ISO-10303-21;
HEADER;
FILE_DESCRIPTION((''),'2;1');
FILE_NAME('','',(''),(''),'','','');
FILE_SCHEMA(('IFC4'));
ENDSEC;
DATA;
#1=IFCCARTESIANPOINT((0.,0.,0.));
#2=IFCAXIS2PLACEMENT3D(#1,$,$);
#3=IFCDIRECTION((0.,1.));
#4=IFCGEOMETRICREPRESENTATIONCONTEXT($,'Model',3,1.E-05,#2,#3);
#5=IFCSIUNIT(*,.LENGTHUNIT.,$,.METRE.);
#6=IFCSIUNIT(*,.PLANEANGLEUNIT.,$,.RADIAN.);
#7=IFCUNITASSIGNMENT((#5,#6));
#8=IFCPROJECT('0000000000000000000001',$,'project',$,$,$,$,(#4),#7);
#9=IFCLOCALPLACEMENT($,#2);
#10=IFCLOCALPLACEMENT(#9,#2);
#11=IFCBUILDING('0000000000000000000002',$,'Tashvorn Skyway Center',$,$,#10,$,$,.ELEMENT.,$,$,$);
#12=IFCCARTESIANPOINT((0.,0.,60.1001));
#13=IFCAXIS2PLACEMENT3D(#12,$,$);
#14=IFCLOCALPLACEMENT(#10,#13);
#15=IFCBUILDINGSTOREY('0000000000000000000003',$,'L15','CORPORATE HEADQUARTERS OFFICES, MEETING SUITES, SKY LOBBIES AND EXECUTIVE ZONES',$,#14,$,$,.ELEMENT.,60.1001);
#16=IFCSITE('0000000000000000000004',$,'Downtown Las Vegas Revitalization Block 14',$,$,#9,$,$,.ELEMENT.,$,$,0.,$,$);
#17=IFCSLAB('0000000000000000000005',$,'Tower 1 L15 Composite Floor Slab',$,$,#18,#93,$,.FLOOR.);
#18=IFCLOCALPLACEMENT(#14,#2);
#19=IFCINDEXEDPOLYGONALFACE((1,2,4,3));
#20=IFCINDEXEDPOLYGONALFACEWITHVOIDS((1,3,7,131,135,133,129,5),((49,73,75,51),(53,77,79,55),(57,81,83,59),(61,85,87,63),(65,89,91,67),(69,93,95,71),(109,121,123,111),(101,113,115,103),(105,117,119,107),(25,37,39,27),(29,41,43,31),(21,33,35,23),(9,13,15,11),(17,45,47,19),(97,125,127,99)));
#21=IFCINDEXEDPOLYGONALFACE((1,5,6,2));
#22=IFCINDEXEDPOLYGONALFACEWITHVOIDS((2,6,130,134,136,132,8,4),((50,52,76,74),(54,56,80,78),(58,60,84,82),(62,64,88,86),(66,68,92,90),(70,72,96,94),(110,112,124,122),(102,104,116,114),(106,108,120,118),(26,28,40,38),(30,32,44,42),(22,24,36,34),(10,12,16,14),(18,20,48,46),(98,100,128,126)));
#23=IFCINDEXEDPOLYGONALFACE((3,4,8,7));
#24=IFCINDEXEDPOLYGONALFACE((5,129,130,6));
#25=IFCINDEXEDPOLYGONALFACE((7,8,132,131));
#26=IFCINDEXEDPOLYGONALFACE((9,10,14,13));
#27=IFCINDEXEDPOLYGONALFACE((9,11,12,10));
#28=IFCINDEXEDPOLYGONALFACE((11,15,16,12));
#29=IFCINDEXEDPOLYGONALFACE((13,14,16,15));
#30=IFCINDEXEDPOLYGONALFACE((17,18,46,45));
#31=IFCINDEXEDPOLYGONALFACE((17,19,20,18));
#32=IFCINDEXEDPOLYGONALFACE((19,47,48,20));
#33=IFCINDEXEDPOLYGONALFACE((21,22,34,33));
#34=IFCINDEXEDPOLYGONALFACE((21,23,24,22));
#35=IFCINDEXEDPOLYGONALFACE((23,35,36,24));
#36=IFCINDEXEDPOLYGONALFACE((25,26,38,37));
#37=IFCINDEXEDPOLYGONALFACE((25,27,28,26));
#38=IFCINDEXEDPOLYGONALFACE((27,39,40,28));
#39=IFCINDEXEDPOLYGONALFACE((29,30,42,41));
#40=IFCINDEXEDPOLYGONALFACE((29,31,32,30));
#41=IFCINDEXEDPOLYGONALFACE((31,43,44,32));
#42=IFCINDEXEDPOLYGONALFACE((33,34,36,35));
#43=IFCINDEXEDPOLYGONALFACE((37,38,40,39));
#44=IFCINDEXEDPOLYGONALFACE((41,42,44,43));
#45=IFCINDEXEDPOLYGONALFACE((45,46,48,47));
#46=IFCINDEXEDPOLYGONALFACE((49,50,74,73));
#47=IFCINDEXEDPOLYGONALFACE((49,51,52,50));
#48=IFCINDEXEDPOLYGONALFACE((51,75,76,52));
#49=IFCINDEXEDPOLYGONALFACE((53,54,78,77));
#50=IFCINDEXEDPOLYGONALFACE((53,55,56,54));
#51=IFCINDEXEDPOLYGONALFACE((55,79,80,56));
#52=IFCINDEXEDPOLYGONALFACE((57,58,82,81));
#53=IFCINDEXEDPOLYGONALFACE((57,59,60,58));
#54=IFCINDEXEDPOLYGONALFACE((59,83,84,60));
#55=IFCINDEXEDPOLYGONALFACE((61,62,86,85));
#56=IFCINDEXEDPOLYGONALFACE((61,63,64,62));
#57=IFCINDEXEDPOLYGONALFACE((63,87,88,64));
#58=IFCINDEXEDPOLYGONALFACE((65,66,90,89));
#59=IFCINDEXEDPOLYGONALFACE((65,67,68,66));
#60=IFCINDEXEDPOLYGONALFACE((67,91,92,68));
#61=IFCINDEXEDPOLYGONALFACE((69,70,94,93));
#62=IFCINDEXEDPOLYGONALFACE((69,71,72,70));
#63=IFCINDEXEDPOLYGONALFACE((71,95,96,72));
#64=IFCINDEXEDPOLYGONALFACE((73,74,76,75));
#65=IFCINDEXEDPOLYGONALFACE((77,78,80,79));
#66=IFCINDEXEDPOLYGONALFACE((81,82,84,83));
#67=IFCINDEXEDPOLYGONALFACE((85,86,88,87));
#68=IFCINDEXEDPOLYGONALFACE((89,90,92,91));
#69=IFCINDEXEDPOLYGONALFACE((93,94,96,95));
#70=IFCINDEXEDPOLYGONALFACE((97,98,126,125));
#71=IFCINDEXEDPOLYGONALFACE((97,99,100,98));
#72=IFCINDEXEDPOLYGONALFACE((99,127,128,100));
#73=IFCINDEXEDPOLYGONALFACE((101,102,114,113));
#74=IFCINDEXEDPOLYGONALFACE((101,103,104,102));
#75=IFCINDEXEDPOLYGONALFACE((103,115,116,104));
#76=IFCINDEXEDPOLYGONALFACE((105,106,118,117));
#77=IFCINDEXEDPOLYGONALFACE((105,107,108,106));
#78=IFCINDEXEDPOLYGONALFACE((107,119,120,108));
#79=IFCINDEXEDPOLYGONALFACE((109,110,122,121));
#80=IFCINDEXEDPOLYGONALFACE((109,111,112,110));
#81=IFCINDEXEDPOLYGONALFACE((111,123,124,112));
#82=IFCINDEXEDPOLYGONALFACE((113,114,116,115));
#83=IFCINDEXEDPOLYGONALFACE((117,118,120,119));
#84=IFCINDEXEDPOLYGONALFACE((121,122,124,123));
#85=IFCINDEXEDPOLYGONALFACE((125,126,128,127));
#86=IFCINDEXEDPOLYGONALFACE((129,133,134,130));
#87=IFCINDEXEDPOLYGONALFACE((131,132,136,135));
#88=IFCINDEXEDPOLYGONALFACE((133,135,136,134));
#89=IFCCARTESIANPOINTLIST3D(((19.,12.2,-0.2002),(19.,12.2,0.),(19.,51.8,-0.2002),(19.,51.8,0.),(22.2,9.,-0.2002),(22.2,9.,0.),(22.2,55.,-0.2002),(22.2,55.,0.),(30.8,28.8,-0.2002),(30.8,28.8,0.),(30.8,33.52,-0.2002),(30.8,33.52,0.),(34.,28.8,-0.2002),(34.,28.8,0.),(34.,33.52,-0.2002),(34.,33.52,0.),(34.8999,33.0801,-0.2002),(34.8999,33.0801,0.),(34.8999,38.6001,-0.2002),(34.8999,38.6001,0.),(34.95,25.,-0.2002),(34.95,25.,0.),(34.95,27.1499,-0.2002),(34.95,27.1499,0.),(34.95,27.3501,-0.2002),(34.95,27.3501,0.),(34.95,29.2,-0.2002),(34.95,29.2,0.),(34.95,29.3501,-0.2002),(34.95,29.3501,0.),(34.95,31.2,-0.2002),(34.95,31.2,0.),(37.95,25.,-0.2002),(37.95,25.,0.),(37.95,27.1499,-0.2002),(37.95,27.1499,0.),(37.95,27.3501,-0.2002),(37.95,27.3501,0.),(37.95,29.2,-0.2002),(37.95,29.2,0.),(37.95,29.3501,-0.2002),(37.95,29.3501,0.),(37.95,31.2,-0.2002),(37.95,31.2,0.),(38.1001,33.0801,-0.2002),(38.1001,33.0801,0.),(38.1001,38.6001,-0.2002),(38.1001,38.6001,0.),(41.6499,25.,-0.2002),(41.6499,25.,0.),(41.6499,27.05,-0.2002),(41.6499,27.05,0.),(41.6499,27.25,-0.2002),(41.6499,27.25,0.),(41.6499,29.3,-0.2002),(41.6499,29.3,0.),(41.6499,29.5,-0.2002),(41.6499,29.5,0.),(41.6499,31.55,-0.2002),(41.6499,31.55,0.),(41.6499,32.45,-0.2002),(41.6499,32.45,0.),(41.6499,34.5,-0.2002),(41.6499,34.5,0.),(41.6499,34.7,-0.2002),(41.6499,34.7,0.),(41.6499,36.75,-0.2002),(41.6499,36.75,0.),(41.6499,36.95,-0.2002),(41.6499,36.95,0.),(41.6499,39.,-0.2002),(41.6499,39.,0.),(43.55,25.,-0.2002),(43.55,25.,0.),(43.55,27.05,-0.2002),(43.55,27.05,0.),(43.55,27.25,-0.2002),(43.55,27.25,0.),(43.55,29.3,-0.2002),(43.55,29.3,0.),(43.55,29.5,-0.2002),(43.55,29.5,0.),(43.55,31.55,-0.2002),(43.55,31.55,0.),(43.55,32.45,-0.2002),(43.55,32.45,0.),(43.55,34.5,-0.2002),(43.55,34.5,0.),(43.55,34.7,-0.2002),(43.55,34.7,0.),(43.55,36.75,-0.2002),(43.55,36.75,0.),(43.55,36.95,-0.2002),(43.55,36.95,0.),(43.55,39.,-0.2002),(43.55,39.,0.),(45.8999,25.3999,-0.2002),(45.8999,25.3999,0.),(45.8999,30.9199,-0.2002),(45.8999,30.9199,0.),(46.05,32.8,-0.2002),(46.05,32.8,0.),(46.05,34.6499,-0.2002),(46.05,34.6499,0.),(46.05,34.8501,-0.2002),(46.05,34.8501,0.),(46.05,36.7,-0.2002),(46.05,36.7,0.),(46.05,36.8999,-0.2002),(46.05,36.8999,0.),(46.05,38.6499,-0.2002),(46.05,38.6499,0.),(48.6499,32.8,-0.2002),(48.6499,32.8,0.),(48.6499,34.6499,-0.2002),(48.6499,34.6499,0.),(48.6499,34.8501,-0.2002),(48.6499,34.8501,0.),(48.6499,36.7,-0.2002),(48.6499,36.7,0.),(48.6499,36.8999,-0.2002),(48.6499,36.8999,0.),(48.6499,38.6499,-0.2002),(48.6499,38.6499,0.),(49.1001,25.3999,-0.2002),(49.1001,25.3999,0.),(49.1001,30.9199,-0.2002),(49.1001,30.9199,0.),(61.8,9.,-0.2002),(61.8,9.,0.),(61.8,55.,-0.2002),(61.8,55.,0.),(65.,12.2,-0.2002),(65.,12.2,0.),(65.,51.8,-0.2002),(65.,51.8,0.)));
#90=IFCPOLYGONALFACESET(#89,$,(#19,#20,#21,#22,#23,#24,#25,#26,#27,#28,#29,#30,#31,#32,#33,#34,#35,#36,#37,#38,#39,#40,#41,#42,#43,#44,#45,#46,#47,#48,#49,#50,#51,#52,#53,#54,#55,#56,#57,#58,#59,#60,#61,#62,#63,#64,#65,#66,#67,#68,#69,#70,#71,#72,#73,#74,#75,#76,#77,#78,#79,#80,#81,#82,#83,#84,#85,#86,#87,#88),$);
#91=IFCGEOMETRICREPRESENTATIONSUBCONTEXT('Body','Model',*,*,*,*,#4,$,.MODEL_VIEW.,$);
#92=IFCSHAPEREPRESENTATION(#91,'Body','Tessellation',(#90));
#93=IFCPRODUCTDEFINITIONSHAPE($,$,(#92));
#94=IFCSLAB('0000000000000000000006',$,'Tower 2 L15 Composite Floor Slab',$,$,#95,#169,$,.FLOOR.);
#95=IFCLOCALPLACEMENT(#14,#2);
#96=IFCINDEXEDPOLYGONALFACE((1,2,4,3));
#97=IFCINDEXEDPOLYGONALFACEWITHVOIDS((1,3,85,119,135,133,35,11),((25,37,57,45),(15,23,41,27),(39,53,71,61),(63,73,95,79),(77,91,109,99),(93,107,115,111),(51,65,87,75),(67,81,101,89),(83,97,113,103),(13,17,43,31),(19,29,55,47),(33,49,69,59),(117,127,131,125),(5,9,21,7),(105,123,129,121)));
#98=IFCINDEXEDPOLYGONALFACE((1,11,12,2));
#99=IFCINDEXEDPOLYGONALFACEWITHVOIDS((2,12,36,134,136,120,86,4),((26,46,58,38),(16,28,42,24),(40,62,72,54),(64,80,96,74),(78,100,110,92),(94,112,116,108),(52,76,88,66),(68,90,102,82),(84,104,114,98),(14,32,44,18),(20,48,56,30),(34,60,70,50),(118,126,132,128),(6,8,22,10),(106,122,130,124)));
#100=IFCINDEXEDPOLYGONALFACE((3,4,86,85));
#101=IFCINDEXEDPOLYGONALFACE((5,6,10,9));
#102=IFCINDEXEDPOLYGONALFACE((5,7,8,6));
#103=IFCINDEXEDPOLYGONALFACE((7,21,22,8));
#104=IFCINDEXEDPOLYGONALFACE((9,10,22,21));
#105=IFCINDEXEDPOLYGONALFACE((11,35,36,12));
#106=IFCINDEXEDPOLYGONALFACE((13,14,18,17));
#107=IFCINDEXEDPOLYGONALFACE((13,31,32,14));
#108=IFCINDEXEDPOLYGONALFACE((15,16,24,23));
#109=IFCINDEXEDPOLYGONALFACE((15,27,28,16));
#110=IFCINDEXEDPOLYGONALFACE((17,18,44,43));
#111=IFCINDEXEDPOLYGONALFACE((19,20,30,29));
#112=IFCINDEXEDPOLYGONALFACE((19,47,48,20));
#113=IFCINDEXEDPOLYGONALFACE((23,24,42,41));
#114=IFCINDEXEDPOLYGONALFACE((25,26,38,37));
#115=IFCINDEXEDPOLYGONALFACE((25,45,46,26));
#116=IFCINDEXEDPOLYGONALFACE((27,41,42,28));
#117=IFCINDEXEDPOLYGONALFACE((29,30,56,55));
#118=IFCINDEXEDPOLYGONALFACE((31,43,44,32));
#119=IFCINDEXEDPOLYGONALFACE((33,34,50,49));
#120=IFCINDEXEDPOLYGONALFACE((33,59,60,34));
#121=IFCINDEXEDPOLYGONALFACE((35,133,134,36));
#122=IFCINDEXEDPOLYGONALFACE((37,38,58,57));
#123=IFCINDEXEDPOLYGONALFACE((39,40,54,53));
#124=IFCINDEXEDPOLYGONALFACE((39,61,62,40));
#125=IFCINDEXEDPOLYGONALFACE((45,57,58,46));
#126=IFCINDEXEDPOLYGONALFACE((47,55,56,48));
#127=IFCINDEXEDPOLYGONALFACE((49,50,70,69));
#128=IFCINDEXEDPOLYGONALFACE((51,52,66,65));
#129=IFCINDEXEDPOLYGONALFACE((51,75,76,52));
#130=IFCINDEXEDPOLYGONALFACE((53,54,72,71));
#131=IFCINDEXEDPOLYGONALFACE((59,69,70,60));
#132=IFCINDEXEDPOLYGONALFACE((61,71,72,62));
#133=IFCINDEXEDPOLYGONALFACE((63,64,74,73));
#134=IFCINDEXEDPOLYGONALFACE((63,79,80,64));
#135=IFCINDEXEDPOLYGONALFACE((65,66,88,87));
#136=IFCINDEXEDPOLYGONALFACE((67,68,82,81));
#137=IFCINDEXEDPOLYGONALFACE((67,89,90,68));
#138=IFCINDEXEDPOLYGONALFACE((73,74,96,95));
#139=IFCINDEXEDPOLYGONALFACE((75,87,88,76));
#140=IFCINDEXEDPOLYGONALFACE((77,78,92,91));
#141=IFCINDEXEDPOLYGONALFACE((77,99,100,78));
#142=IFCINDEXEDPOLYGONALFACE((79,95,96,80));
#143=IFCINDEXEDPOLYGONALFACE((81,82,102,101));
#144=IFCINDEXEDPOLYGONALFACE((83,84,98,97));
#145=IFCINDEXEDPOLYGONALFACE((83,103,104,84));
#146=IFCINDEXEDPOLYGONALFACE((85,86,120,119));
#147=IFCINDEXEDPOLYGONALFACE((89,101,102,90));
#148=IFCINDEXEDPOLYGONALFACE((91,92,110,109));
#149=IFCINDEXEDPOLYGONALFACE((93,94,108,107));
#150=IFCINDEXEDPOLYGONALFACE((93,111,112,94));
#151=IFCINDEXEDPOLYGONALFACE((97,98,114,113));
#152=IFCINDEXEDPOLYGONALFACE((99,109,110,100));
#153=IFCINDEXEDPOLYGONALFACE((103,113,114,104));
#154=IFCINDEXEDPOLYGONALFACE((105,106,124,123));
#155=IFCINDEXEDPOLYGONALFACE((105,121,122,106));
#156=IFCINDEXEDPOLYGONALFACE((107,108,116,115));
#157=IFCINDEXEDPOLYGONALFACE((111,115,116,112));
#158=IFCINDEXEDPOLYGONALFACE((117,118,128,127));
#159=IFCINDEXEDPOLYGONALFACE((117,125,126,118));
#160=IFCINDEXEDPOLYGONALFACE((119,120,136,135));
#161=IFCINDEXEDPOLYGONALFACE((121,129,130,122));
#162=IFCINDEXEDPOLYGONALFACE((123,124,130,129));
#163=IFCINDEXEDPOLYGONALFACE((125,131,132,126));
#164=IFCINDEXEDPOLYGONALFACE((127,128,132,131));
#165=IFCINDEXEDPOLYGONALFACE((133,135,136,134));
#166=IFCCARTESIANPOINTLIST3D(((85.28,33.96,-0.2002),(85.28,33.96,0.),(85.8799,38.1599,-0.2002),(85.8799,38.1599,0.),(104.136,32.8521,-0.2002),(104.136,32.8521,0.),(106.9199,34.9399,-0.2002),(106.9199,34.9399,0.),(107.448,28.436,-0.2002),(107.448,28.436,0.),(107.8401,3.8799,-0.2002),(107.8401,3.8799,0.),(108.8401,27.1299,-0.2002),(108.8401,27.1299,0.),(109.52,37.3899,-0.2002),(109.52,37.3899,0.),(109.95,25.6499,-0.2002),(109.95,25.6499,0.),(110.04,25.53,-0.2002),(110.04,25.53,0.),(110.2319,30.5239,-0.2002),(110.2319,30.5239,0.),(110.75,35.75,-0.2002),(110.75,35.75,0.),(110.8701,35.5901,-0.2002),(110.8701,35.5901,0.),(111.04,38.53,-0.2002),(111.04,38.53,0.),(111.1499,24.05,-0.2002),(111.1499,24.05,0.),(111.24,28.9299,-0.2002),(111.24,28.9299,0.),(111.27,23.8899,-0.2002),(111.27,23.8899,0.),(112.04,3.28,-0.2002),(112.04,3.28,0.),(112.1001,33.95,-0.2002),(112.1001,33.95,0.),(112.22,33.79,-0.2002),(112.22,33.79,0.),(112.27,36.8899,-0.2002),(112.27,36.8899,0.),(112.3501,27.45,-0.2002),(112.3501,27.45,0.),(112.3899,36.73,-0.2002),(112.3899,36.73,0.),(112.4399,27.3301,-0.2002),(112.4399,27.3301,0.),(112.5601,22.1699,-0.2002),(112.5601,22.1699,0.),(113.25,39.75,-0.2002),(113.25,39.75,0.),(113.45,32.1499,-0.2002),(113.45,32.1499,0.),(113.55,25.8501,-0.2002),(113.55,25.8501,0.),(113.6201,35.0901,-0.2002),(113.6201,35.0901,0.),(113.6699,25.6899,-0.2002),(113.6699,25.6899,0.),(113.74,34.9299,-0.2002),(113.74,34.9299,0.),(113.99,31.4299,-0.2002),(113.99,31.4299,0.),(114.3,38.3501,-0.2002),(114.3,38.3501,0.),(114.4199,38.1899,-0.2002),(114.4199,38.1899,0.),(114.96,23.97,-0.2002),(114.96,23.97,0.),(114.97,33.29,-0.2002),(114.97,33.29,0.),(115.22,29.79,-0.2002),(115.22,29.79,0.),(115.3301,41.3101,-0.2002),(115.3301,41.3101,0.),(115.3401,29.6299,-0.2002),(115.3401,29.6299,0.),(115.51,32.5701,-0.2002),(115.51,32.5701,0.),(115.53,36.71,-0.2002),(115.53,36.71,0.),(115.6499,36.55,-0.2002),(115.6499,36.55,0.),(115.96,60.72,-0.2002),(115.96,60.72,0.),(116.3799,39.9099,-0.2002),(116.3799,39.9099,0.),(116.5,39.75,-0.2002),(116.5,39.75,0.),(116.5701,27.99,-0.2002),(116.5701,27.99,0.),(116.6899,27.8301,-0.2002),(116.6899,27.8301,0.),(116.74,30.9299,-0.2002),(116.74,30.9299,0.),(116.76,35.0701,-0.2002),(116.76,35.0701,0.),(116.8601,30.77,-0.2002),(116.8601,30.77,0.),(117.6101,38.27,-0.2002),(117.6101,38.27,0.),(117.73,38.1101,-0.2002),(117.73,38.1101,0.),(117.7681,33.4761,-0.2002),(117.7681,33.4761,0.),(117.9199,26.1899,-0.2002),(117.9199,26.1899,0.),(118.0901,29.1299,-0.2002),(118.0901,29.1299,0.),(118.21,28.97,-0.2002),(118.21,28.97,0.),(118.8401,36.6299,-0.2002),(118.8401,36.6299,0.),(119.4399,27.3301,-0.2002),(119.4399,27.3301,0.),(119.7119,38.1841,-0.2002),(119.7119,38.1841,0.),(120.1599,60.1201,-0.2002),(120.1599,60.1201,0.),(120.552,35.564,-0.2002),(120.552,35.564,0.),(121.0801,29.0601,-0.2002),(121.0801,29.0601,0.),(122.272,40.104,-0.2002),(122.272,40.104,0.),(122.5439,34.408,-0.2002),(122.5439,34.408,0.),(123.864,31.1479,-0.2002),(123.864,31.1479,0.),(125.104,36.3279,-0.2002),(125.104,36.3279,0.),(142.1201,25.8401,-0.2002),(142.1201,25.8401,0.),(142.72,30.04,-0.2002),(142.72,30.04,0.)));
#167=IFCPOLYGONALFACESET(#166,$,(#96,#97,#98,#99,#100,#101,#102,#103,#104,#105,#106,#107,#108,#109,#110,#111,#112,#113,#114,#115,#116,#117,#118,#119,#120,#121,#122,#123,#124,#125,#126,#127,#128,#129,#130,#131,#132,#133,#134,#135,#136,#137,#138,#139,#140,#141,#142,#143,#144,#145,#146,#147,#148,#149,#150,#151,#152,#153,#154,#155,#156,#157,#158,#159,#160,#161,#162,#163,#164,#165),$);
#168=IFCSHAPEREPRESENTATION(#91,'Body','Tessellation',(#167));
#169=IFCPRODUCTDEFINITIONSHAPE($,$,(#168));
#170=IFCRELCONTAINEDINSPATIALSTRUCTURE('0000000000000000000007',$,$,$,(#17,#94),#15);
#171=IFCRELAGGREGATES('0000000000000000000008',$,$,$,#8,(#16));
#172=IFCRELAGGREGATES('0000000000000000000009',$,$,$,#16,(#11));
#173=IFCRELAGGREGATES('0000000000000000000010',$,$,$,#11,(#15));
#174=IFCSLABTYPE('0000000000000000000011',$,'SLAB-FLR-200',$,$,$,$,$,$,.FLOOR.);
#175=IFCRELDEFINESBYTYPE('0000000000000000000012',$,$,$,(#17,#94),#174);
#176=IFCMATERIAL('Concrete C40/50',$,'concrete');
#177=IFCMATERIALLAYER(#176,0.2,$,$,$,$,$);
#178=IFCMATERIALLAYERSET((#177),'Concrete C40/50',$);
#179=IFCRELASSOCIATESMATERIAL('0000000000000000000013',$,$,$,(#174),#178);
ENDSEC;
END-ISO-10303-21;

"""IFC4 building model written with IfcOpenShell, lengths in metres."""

from ifc_helpers import new_model, si_unit, direction, frame, origin, place, context, subcontext, project, spatial, polyline, outline, extrude, material, layer, layer_set, type_object, element, save


model = new_model("IFC4")

# Units and contexts
model_context = context("Model", 3, precision=1e-05, world=origin(), true_north=direction((0.0, 1.0)))
body_context = subcontext(model_context, "Body", "Model", "MODEL_VIEW")
ifc_project = project(units=[si_unit("LENGTHUNIT", "METRE"), si_unit("PLANEANGLEUNIT", "RADIAN")], contexts=[model_context])

# Site, building, storey
site_placement = place(None, origin())
site = spatial("IfcSite", under=ifc_project, at=site_placement, Name="Downtown Las Vegas Revitalization Block 14", CompositionType="ELEMENT", RefElevation=0.0)
building_placement = place(site_placement, origin())
building = spatial("IfcBuilding", under=site, at=building_placement, Name="Tashvorn Skyway Center", CompositionType="ELEMENT")
storey_placement = place(building_placement, frame((0.0, 0.0, 60.1001)))
storey = spatial("IfcBuildingStorey", under=building, at=storey_placement, Name="L15", Description="CORPORATE HEADQUARTERS OFFICES, MEETING SUITES, SKY LOBBIES AND EXECUTIVE ZONES", CompositionType="ELEMENT", Elevation=60.1001)

# Slabs
ifc_material_1 = material(Name="Concrete C40/50", Category="concrete")
ifc_layer_1 = layer(ifc_material_1, 0.2)
ifc_layer_set_1 = layer_set([ifc_layer_1], Name="Concrete C40/50")
slab_type_1 = type_object("IfcSlabType", Name="SLAB-FLR-200", PredefinedType="FLOOR", material=ifc_layer_set_1)
slab_1_placement = place(storey_placement, frame((0.0, 0.0, -0.2002)))
element("IfcSlab", 1, at=slab_1_placement, inside=storey, type_object=slab_type_1, Name="Tower 1 L15 Composite Floor Slab", PredefinedType="FLOOR", context=body_context, shape_type="SweptSolid", body=[
    extrude(outline(polyline([(22.2, 9.0), (61.8, 9.0), (65.0, 12.2), (65.0, 51.8), (61.8, 55.0), (22.2, 55.0), (19.0, 51.8), (19.0, 12.2), (22.2, 9.0)]), holes=[polyline([(38.1001, 33.0801), (38.1001, 38.6001), (34.8999, 38.6001), (34.8999, 33.0801), (38.1001, 33.0801)]), polyline([(45.8999, 30.9199), (45.8999, 25.3999), (49.1001, 25.3999), (49.1001, 30.9199), (45.8999, 30.9199)]), polyline([(30.8, 33.52), (30.8, 28.8), (34.0, 28.8), (34.0, 33.52), (30.8, 33.52)]), polyline([(34.95, 29.3501), (37.95, 29.3501), (37.95, 31.2), (34.95, 31.2), (34.95, 29.3501)]), polyline([(34.95, 27.3501), (37.95, 27.3501), (37.95, 29.2), (34.95, 29.2), (34.95, 27.3501)]), polyline([(34.95, 25.0), (37.95, 25.0), (37.95, 27.1499), (34.95, 27.1499), (34.95, 25.0)]), polyline([(41.6499, 25.0), (43.55, 25.0), (43.55, 27.05), (41.6499, 27.05), (41.6499, 25.0)]), polyline([(41.6499, 27.25), (43.55, 27.25), (43.55, 29.3), (41.6499, 29.3), (41.6499, 27.25)]), polyline([(41.6499, 29.5), (43.55, 29.5), (43.55, 31.55), (41.6499, 31.55), (41.6499, 29.5)]), polyline([(41.6499, 32.45), (43.55, 32.45), (43.55, 34.5), (41.6499, 34.5), (41.6499, 32.45)]), polyline([(41.6499, 34.7), (43.55, 34.7), (43.55, 36.75), (41.6499, 36.75), (41.6499, 34.7)]), polyline([(41.6499, 36.95), (43.55, 36.95), (43.55, 39.0), (41.6499, 39.0), (41.6499, 36.95)]), polyline([(46.05, 32.8), (48.6499, 32.8), (48.6499, 34.6499), (46.05, 34.6499), (46.05, 32.8)]), polyline([(46.05, 34.8501), (48.6499, 34.8501), (48.6499, 36.7), (46.05, 36.7), (46.05, 34.8501)]), polyline([(46.05, 36.8999), (48.6499, 36.8999), (48.6499, 38.6499), (46.05, 38.6499), (46.05, 36.8999)])]), origin(), (0.0, 0.0, 1.0), 0.2002),
])
slab_2_placement = place(storey_placement, frame((0.0, 0.0, -0.2002)))
element("IfcSlab", 2, at=slab_2_placement, inside=storey, type_object=slab_type_1, Name="Tower 2 L15 Composite Floor Slab", PredefinedType="FLOOR", context=body_context, shape_type="SweptSolid", body=[
    extrude(outline(polyline([(112.04, 3.28), (142.1201, 25.8401), (142.72, 30.04), (120.1599, 60.1201), (115.96, 60.72), (85.8799, 38.1599), (85.28, 33.96), (107.8401, 3.8799), (112.04, 3.28)]), holes=[polyline([(110.2319, 30.5239), (106.9199, 34.9399), (104.136, 32.8521), (107.448, 28.436), (110.2319, 30.5239)]), polyline([(117.7681, 33.4761), (121.0801, 29.0601), (123.864, 31.1479), (120.552, 35.564), (117.7681, 33.4761)]), polyline([(119.7119, 38.1841), (122.5439, 34.408), (125.104, 36.3279), (122.272, 40.104), (119.7119, 38.1841)]), polyline([(109.95, 25.6499), (112.3501, 27.45), (111.24, 28.9299), (108.8401, 27.1299), (109.95, 25.6499)]), polyline([(111.1499, 24.05), (113.55, 25.8501), (112.4399, 27.3301), (110.04, 25.53), (111.1499, 24.05)]), polyline([(112.5601, 22.1699), (114.96, 23.97), (113.6699, 25.6899), (111.27, 23.8899), (112.5601, 22.1699)]), polyline([(117.9199, 26.1899), (119.4399, 27.3301), (118.21, 28.97), (116.6899, 27.8301), (117.9199, 26.1899)]), polyline([(116.5701, 27.99), (118.0901, 29.1299), (116.8601, 30.77), (115.3401, 29.6299), (116.5701, 27.99)]), polyline([(115.22, 29.79), (116.74, 30.9299), (115.51, 32.5701), (113.99, 31.4299), (115.22, 29.79)]), polyline([(113.45, 32.1499), (114.97, 33.29), (113.74, 34.9299), (112.22, 33.79), (113.45, 32.1499)]), polyline([(112.1001, 33.95), (113.6201, 35.0901), (112.3899, 36.73), (110.8701, 35.5901), (112.1001, 33.95)]), polyline([(110.75, 35.75), (112.27, 36.8899), (111.04, 38.53), (109.52, 37.3899), (110.75, 35.75)]), polyline([(116.76, 35.0701), (118.8401, 36.6299), (117.73, 38.1101), (115.6499, 36.55), (116.76, 35.0701)]), polyline([(115.53, 36.71), (117.6101, 38.27), (116.5, 39.75), (114.4199, 38.1899), (115.53, 36.71)]), polyline([(114.3, 38.3501), (116.3799, 39.9099), (115.3301, 41.3101), (113.25, 39.75), (114.3, 38.3501)])]), origin(), (0.0, 0.0, 1.0), 0.2002),
])

save(model, "model.ifc")
